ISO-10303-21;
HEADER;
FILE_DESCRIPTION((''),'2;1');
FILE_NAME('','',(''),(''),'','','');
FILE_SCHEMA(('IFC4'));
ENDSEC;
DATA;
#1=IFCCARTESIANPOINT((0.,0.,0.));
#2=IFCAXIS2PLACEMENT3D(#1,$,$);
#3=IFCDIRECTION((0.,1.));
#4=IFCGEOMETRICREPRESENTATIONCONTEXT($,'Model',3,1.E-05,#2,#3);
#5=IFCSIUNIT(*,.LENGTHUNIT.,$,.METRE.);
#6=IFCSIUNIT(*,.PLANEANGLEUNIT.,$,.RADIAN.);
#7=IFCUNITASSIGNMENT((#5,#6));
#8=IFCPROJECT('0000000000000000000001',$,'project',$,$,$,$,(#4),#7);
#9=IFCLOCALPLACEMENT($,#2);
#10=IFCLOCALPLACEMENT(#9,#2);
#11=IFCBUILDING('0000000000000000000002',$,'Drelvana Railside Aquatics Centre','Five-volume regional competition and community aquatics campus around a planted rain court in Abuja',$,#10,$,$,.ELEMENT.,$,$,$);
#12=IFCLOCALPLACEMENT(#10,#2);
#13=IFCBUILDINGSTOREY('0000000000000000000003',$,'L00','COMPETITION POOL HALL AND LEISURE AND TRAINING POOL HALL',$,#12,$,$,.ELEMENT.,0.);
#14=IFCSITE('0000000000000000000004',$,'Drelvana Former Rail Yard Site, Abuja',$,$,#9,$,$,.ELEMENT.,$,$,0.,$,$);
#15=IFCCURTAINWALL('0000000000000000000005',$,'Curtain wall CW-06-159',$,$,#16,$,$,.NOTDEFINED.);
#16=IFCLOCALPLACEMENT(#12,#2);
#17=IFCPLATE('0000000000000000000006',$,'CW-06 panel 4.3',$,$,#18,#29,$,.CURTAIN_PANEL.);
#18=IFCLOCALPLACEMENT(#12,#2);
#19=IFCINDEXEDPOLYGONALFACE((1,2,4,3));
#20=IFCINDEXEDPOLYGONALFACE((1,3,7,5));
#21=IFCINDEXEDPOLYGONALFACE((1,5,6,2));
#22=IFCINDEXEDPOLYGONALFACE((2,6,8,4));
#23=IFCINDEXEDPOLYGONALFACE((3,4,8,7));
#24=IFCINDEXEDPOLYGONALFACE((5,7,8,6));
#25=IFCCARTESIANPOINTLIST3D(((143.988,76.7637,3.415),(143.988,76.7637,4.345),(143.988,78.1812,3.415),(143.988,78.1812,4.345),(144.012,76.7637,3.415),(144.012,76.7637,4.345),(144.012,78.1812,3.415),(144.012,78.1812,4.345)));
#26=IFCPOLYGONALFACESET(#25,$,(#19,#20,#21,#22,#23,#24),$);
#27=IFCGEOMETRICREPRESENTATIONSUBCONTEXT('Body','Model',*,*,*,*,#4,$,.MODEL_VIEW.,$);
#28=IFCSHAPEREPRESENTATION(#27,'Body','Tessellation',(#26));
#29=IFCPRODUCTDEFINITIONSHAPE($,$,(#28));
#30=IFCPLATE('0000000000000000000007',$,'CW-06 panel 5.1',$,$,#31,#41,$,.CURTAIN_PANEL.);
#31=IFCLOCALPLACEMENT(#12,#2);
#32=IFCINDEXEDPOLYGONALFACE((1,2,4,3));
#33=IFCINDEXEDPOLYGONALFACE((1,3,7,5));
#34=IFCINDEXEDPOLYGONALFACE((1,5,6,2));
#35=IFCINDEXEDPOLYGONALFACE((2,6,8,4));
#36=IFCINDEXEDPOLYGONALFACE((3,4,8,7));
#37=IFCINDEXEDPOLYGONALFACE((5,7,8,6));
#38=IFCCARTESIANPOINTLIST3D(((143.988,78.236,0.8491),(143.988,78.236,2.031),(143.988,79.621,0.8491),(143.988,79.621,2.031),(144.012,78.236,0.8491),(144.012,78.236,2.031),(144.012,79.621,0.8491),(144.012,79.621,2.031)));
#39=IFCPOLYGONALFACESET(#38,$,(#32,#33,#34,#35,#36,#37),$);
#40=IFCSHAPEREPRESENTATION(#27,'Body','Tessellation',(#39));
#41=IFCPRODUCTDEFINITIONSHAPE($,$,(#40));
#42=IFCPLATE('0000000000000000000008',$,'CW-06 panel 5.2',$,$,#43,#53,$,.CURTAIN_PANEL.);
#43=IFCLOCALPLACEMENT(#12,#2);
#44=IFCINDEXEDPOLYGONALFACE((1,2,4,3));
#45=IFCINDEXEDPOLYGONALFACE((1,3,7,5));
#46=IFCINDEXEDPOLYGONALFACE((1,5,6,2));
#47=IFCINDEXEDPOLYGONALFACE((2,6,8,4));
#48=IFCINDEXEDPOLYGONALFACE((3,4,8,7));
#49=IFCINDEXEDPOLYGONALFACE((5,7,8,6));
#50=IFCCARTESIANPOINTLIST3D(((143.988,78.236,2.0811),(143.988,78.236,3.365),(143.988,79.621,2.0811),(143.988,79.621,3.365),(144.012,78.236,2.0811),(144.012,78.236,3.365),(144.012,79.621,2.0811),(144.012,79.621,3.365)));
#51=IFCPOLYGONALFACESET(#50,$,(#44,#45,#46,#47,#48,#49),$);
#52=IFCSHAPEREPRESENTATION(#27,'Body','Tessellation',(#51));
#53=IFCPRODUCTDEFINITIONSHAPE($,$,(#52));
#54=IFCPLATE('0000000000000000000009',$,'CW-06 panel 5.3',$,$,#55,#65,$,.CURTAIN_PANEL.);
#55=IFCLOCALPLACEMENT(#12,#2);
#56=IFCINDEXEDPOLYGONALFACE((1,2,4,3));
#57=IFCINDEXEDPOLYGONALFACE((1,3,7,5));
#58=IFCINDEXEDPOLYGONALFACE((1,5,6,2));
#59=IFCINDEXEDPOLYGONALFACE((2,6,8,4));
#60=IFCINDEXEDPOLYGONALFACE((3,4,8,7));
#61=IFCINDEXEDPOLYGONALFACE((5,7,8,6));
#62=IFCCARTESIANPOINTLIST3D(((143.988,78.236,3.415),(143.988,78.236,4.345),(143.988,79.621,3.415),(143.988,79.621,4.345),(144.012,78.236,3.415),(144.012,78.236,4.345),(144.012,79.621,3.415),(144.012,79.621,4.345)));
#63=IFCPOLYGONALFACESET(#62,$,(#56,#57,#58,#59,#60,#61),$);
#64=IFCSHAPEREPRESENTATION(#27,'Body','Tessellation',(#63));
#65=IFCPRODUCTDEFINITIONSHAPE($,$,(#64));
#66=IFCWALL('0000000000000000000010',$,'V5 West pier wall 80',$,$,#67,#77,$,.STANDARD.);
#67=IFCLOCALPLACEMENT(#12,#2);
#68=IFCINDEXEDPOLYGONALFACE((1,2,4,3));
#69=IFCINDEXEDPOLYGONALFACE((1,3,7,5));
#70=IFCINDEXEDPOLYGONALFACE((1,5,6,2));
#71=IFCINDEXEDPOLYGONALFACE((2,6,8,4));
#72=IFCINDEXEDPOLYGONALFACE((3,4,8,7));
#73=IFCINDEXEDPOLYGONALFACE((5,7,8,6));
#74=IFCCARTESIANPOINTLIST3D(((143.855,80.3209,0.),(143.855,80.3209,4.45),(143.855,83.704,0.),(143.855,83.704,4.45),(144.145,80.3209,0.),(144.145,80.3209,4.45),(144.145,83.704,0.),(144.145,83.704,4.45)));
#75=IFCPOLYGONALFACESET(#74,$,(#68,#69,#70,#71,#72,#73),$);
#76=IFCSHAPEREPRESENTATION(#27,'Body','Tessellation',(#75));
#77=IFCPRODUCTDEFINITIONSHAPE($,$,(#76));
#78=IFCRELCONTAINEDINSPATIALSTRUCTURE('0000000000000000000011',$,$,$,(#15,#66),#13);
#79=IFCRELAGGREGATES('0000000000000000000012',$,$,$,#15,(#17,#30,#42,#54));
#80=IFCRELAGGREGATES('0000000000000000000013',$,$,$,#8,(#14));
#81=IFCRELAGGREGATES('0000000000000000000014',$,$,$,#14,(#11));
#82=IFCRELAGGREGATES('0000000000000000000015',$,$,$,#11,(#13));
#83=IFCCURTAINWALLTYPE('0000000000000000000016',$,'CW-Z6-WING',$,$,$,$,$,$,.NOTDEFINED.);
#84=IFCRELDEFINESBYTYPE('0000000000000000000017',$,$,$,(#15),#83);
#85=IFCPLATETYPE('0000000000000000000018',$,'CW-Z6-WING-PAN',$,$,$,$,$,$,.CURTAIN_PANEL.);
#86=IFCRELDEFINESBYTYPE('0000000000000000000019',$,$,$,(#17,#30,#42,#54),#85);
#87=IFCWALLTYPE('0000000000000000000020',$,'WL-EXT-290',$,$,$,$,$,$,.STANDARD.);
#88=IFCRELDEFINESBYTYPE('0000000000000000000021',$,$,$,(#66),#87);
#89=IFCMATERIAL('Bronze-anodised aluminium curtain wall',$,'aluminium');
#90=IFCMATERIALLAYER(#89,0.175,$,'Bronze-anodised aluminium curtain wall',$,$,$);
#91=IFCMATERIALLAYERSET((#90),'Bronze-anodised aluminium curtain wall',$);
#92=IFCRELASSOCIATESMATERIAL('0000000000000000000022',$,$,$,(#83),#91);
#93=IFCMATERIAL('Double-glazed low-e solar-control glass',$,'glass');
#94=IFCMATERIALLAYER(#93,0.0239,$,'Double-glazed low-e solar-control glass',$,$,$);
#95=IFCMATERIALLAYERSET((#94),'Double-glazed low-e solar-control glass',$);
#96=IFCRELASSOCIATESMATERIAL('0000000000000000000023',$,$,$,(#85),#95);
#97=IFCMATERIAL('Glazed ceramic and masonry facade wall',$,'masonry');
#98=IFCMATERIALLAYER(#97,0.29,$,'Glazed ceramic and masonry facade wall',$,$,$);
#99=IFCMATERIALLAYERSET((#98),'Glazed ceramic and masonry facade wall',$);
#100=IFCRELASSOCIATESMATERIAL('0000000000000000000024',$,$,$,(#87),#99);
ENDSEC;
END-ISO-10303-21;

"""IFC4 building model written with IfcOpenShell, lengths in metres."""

from ifc_helpers import new_model, si_unit, direction, frame, frame_2d, origin, origin_2d, place, context, subcontext, project, spatial, rectangle, extrude, material, layer, layer_set, type_object, element, aggregate, save


model = new_model("IFC4")

# Units and contexts
model_context = context("Model", 3, precision=1e-05, world=origin(), true_north=direction((0.0, 1.0)))
body_context = subcontext(model_context, "Body", "Model", "MODEL_VIEW")
ifc_project = project(units=[si_unit("LENGTHUNIT", "METRE"), si_unit("PLANEANGLEUNIT", "RADIAN")], contexts=[model_context])

# Site, building, storey
site_placement = place(None, origin())
site = spatial("IfcSite", under=ifc_project, at=site_placement, Name="Drelvana Former Rail Yard Site, Abuja", CompositionType="ELEMENT", RefElevation=0.0)
building_placement = place(site_placement, origin())
building = spatial("IfcBuilding", under=site, at=building_placement, Name="Drelvana Railside Aquatics Centre", Description="Five-volume regional competition and community aquatics campus around a planted rain court in Abuja", CompositionType="ELEMENT")
storey_placement = place(building_placement, origin())
storey = spatial("IfcBuildingStorey", under=building, at=storey_placement, Name="L00", Description="COMPETITION POOL HALL AND LEISURE AND TRAINING POOL HALL", CompositionType="ELEMENT", Elevation=0.0)

# Curtain wall
ifc_material_1 = material(Name="Bronze-anodised aluminium curtain wall", Category="aluminium")
ifc_layer_1 = layer(ifc_material_1, 0.175, Name="Bronze-anodised aluminium curtain wall")
ifc_layer_set_1 = layer_set([ifc_layer_1], Name="Bronze-anodised aluminium curtain wall")
curtain_wall_type = type_object("IfcCurtainWallType", Name="CW-Z6-WING", PredefinedType="NOTDEFINED", material=ifc_layer_set_1)
curtain_wall_placement = place(storey_placement, origin())
curtain_wall = element("IfcCurtainWall", 1, at=curtain_wall_placement, inside=storey, type_object=curtain_wall_type, Name="Curtain wall CW-06-159", PredefinedType="NOTDEFINED")

# Plates
ifc_material_2 = material(Name="Double-glazed low-e solar-control glass", Category="glass")
ifc_layer_2 = layer(ifc_material_2, 0.0239, Name="Double-glazed low-e solar-control glass")
ifc_layer_set_2 = layer_set([ifc_layer_2], Name="Double-glazed low-e solar-control glass")
plate_type = type_object("IfcPlateType", Name="CW-Z6-WING-PAN", PredefinedType="CURTAIN_PANEL", material=ifc_layer_set_2)
plate_1_placement = place(storey_placement, frame((144.0, 77.4724, 3.415), z_axis=(0.0, 0.0, 1.0), x_axis=(0.0, 1.0, 0.0)))
plate_1 = element("IfcPlate", 2, at=plate_1_placement, type_object=plate_type, Name="CW-06 panel 4.3", PredefinedType="CURTAIN_PANEL", context=body_context, shape_type="SweptSolid", body=[
    extrude(rectangle(XDim=1.4175, YDim=0.0239, at=origin_2d()), origin(), (0.0, 0.0, 1.0), 0.9299),
])
plate_2_placement = place(storey_placement, frame((144.0, 78.9285, 0.8491), z_axis=(0.0, 0.0, 1.0), x_axis=(0.0, 1.0, 0.0)))
plate_2 = element("IfcPlate", 3, at=plate_2_placement, type_object=plate_type, Name="CW-06 panel 5.1", PredefinedType="CURTAIN_PANEL", context=body_context, shape_type="SweptSolid", body=[
    extrude(rectangle(XDim=1.385, YDim=0.0239, at=origin_2d()), origin(), (0.0, 0.0, 1.0), 1.1819),
])
plate_3_placement = place(storey_placement, frame((144.0, 78.9285, 2.0811), z_axis=(0.0, 0.0, 1.0), x_axis=(0.0, 1.0, 0.0)))
plate_3 = element("IfcPlate", 4, at=plate_3_placement, type_object=plate_type, Name="CW-06 panel 5.2", PredefinedType="CURTAIN_PANEL", context=body_context, shape_type="SweptSolid", body=[
    extrude(rectangle(XDim=1.385, YDim=0.0239, at=origin_2d()), origin(), (0.0, 0.0, 1.0), 1.2839),
])
plate_4_placement = place(storey_placement, frame((144.0, 78.9285, 3.415), z_axis=(0.0, 0.0, 1.0), x_axis=(0.0, 1.0, 0.0)))
plate_4 = element("IfcPlate", 5, at=plate_4_placement, type_object=plate_type, Name="CW-06 panel 5.3", PredefinedType="CURTAIN_PANEL", context=body_context, shape_type="SweptSolid", body=[
    extrude(rectangle(XDim=1.385, YDim=0.0239, at=origin_2d()), origin(), (0.0, 0.0, 1.0), 0.9299),
])
aggregate(curtain_wall, [plate_1, plate_2, plate_3, plate_4])

# Wall
ifc_material_3 = material(Name="Glazed ceramic and masonry facade wall", Category="masonry")
ifc_layer_3 = layer(ifc_material_3, 0.29, Name="Glazed ceramic and masonry facade wall")
ifc_layer_set_3 = layer_set([ifc_layer_3], Name="Glazed ceramic and masonry facade wall")
wall_type = type_object("IfcWallType", Name="WL-EXT-290", PredefinedType="STANDARD", material=ifc_layer_set_3)
wall_placement = place(storey_placement, frame((144.0, 80.321, 0.0), z_axis=(0.0, 0.0, 1.0), x_axis=(0.0, 1.0, 0.0)))
element("IfcWall", 6, at=wall_placement, inside=storey, type_object=wall_type, Name="V5 West pier wall 80", PredefinedType="STANDARD", context=body_context, shape_type="SweptSolid", body=[
    extrude(rectangle(XDim=3.3831, YDim=0.29, at=frame_2d((1.6914, 0.0))), origin(), (0.0, 0.0, 1.0), 4.45),
])

save(model, "model.ifc")
